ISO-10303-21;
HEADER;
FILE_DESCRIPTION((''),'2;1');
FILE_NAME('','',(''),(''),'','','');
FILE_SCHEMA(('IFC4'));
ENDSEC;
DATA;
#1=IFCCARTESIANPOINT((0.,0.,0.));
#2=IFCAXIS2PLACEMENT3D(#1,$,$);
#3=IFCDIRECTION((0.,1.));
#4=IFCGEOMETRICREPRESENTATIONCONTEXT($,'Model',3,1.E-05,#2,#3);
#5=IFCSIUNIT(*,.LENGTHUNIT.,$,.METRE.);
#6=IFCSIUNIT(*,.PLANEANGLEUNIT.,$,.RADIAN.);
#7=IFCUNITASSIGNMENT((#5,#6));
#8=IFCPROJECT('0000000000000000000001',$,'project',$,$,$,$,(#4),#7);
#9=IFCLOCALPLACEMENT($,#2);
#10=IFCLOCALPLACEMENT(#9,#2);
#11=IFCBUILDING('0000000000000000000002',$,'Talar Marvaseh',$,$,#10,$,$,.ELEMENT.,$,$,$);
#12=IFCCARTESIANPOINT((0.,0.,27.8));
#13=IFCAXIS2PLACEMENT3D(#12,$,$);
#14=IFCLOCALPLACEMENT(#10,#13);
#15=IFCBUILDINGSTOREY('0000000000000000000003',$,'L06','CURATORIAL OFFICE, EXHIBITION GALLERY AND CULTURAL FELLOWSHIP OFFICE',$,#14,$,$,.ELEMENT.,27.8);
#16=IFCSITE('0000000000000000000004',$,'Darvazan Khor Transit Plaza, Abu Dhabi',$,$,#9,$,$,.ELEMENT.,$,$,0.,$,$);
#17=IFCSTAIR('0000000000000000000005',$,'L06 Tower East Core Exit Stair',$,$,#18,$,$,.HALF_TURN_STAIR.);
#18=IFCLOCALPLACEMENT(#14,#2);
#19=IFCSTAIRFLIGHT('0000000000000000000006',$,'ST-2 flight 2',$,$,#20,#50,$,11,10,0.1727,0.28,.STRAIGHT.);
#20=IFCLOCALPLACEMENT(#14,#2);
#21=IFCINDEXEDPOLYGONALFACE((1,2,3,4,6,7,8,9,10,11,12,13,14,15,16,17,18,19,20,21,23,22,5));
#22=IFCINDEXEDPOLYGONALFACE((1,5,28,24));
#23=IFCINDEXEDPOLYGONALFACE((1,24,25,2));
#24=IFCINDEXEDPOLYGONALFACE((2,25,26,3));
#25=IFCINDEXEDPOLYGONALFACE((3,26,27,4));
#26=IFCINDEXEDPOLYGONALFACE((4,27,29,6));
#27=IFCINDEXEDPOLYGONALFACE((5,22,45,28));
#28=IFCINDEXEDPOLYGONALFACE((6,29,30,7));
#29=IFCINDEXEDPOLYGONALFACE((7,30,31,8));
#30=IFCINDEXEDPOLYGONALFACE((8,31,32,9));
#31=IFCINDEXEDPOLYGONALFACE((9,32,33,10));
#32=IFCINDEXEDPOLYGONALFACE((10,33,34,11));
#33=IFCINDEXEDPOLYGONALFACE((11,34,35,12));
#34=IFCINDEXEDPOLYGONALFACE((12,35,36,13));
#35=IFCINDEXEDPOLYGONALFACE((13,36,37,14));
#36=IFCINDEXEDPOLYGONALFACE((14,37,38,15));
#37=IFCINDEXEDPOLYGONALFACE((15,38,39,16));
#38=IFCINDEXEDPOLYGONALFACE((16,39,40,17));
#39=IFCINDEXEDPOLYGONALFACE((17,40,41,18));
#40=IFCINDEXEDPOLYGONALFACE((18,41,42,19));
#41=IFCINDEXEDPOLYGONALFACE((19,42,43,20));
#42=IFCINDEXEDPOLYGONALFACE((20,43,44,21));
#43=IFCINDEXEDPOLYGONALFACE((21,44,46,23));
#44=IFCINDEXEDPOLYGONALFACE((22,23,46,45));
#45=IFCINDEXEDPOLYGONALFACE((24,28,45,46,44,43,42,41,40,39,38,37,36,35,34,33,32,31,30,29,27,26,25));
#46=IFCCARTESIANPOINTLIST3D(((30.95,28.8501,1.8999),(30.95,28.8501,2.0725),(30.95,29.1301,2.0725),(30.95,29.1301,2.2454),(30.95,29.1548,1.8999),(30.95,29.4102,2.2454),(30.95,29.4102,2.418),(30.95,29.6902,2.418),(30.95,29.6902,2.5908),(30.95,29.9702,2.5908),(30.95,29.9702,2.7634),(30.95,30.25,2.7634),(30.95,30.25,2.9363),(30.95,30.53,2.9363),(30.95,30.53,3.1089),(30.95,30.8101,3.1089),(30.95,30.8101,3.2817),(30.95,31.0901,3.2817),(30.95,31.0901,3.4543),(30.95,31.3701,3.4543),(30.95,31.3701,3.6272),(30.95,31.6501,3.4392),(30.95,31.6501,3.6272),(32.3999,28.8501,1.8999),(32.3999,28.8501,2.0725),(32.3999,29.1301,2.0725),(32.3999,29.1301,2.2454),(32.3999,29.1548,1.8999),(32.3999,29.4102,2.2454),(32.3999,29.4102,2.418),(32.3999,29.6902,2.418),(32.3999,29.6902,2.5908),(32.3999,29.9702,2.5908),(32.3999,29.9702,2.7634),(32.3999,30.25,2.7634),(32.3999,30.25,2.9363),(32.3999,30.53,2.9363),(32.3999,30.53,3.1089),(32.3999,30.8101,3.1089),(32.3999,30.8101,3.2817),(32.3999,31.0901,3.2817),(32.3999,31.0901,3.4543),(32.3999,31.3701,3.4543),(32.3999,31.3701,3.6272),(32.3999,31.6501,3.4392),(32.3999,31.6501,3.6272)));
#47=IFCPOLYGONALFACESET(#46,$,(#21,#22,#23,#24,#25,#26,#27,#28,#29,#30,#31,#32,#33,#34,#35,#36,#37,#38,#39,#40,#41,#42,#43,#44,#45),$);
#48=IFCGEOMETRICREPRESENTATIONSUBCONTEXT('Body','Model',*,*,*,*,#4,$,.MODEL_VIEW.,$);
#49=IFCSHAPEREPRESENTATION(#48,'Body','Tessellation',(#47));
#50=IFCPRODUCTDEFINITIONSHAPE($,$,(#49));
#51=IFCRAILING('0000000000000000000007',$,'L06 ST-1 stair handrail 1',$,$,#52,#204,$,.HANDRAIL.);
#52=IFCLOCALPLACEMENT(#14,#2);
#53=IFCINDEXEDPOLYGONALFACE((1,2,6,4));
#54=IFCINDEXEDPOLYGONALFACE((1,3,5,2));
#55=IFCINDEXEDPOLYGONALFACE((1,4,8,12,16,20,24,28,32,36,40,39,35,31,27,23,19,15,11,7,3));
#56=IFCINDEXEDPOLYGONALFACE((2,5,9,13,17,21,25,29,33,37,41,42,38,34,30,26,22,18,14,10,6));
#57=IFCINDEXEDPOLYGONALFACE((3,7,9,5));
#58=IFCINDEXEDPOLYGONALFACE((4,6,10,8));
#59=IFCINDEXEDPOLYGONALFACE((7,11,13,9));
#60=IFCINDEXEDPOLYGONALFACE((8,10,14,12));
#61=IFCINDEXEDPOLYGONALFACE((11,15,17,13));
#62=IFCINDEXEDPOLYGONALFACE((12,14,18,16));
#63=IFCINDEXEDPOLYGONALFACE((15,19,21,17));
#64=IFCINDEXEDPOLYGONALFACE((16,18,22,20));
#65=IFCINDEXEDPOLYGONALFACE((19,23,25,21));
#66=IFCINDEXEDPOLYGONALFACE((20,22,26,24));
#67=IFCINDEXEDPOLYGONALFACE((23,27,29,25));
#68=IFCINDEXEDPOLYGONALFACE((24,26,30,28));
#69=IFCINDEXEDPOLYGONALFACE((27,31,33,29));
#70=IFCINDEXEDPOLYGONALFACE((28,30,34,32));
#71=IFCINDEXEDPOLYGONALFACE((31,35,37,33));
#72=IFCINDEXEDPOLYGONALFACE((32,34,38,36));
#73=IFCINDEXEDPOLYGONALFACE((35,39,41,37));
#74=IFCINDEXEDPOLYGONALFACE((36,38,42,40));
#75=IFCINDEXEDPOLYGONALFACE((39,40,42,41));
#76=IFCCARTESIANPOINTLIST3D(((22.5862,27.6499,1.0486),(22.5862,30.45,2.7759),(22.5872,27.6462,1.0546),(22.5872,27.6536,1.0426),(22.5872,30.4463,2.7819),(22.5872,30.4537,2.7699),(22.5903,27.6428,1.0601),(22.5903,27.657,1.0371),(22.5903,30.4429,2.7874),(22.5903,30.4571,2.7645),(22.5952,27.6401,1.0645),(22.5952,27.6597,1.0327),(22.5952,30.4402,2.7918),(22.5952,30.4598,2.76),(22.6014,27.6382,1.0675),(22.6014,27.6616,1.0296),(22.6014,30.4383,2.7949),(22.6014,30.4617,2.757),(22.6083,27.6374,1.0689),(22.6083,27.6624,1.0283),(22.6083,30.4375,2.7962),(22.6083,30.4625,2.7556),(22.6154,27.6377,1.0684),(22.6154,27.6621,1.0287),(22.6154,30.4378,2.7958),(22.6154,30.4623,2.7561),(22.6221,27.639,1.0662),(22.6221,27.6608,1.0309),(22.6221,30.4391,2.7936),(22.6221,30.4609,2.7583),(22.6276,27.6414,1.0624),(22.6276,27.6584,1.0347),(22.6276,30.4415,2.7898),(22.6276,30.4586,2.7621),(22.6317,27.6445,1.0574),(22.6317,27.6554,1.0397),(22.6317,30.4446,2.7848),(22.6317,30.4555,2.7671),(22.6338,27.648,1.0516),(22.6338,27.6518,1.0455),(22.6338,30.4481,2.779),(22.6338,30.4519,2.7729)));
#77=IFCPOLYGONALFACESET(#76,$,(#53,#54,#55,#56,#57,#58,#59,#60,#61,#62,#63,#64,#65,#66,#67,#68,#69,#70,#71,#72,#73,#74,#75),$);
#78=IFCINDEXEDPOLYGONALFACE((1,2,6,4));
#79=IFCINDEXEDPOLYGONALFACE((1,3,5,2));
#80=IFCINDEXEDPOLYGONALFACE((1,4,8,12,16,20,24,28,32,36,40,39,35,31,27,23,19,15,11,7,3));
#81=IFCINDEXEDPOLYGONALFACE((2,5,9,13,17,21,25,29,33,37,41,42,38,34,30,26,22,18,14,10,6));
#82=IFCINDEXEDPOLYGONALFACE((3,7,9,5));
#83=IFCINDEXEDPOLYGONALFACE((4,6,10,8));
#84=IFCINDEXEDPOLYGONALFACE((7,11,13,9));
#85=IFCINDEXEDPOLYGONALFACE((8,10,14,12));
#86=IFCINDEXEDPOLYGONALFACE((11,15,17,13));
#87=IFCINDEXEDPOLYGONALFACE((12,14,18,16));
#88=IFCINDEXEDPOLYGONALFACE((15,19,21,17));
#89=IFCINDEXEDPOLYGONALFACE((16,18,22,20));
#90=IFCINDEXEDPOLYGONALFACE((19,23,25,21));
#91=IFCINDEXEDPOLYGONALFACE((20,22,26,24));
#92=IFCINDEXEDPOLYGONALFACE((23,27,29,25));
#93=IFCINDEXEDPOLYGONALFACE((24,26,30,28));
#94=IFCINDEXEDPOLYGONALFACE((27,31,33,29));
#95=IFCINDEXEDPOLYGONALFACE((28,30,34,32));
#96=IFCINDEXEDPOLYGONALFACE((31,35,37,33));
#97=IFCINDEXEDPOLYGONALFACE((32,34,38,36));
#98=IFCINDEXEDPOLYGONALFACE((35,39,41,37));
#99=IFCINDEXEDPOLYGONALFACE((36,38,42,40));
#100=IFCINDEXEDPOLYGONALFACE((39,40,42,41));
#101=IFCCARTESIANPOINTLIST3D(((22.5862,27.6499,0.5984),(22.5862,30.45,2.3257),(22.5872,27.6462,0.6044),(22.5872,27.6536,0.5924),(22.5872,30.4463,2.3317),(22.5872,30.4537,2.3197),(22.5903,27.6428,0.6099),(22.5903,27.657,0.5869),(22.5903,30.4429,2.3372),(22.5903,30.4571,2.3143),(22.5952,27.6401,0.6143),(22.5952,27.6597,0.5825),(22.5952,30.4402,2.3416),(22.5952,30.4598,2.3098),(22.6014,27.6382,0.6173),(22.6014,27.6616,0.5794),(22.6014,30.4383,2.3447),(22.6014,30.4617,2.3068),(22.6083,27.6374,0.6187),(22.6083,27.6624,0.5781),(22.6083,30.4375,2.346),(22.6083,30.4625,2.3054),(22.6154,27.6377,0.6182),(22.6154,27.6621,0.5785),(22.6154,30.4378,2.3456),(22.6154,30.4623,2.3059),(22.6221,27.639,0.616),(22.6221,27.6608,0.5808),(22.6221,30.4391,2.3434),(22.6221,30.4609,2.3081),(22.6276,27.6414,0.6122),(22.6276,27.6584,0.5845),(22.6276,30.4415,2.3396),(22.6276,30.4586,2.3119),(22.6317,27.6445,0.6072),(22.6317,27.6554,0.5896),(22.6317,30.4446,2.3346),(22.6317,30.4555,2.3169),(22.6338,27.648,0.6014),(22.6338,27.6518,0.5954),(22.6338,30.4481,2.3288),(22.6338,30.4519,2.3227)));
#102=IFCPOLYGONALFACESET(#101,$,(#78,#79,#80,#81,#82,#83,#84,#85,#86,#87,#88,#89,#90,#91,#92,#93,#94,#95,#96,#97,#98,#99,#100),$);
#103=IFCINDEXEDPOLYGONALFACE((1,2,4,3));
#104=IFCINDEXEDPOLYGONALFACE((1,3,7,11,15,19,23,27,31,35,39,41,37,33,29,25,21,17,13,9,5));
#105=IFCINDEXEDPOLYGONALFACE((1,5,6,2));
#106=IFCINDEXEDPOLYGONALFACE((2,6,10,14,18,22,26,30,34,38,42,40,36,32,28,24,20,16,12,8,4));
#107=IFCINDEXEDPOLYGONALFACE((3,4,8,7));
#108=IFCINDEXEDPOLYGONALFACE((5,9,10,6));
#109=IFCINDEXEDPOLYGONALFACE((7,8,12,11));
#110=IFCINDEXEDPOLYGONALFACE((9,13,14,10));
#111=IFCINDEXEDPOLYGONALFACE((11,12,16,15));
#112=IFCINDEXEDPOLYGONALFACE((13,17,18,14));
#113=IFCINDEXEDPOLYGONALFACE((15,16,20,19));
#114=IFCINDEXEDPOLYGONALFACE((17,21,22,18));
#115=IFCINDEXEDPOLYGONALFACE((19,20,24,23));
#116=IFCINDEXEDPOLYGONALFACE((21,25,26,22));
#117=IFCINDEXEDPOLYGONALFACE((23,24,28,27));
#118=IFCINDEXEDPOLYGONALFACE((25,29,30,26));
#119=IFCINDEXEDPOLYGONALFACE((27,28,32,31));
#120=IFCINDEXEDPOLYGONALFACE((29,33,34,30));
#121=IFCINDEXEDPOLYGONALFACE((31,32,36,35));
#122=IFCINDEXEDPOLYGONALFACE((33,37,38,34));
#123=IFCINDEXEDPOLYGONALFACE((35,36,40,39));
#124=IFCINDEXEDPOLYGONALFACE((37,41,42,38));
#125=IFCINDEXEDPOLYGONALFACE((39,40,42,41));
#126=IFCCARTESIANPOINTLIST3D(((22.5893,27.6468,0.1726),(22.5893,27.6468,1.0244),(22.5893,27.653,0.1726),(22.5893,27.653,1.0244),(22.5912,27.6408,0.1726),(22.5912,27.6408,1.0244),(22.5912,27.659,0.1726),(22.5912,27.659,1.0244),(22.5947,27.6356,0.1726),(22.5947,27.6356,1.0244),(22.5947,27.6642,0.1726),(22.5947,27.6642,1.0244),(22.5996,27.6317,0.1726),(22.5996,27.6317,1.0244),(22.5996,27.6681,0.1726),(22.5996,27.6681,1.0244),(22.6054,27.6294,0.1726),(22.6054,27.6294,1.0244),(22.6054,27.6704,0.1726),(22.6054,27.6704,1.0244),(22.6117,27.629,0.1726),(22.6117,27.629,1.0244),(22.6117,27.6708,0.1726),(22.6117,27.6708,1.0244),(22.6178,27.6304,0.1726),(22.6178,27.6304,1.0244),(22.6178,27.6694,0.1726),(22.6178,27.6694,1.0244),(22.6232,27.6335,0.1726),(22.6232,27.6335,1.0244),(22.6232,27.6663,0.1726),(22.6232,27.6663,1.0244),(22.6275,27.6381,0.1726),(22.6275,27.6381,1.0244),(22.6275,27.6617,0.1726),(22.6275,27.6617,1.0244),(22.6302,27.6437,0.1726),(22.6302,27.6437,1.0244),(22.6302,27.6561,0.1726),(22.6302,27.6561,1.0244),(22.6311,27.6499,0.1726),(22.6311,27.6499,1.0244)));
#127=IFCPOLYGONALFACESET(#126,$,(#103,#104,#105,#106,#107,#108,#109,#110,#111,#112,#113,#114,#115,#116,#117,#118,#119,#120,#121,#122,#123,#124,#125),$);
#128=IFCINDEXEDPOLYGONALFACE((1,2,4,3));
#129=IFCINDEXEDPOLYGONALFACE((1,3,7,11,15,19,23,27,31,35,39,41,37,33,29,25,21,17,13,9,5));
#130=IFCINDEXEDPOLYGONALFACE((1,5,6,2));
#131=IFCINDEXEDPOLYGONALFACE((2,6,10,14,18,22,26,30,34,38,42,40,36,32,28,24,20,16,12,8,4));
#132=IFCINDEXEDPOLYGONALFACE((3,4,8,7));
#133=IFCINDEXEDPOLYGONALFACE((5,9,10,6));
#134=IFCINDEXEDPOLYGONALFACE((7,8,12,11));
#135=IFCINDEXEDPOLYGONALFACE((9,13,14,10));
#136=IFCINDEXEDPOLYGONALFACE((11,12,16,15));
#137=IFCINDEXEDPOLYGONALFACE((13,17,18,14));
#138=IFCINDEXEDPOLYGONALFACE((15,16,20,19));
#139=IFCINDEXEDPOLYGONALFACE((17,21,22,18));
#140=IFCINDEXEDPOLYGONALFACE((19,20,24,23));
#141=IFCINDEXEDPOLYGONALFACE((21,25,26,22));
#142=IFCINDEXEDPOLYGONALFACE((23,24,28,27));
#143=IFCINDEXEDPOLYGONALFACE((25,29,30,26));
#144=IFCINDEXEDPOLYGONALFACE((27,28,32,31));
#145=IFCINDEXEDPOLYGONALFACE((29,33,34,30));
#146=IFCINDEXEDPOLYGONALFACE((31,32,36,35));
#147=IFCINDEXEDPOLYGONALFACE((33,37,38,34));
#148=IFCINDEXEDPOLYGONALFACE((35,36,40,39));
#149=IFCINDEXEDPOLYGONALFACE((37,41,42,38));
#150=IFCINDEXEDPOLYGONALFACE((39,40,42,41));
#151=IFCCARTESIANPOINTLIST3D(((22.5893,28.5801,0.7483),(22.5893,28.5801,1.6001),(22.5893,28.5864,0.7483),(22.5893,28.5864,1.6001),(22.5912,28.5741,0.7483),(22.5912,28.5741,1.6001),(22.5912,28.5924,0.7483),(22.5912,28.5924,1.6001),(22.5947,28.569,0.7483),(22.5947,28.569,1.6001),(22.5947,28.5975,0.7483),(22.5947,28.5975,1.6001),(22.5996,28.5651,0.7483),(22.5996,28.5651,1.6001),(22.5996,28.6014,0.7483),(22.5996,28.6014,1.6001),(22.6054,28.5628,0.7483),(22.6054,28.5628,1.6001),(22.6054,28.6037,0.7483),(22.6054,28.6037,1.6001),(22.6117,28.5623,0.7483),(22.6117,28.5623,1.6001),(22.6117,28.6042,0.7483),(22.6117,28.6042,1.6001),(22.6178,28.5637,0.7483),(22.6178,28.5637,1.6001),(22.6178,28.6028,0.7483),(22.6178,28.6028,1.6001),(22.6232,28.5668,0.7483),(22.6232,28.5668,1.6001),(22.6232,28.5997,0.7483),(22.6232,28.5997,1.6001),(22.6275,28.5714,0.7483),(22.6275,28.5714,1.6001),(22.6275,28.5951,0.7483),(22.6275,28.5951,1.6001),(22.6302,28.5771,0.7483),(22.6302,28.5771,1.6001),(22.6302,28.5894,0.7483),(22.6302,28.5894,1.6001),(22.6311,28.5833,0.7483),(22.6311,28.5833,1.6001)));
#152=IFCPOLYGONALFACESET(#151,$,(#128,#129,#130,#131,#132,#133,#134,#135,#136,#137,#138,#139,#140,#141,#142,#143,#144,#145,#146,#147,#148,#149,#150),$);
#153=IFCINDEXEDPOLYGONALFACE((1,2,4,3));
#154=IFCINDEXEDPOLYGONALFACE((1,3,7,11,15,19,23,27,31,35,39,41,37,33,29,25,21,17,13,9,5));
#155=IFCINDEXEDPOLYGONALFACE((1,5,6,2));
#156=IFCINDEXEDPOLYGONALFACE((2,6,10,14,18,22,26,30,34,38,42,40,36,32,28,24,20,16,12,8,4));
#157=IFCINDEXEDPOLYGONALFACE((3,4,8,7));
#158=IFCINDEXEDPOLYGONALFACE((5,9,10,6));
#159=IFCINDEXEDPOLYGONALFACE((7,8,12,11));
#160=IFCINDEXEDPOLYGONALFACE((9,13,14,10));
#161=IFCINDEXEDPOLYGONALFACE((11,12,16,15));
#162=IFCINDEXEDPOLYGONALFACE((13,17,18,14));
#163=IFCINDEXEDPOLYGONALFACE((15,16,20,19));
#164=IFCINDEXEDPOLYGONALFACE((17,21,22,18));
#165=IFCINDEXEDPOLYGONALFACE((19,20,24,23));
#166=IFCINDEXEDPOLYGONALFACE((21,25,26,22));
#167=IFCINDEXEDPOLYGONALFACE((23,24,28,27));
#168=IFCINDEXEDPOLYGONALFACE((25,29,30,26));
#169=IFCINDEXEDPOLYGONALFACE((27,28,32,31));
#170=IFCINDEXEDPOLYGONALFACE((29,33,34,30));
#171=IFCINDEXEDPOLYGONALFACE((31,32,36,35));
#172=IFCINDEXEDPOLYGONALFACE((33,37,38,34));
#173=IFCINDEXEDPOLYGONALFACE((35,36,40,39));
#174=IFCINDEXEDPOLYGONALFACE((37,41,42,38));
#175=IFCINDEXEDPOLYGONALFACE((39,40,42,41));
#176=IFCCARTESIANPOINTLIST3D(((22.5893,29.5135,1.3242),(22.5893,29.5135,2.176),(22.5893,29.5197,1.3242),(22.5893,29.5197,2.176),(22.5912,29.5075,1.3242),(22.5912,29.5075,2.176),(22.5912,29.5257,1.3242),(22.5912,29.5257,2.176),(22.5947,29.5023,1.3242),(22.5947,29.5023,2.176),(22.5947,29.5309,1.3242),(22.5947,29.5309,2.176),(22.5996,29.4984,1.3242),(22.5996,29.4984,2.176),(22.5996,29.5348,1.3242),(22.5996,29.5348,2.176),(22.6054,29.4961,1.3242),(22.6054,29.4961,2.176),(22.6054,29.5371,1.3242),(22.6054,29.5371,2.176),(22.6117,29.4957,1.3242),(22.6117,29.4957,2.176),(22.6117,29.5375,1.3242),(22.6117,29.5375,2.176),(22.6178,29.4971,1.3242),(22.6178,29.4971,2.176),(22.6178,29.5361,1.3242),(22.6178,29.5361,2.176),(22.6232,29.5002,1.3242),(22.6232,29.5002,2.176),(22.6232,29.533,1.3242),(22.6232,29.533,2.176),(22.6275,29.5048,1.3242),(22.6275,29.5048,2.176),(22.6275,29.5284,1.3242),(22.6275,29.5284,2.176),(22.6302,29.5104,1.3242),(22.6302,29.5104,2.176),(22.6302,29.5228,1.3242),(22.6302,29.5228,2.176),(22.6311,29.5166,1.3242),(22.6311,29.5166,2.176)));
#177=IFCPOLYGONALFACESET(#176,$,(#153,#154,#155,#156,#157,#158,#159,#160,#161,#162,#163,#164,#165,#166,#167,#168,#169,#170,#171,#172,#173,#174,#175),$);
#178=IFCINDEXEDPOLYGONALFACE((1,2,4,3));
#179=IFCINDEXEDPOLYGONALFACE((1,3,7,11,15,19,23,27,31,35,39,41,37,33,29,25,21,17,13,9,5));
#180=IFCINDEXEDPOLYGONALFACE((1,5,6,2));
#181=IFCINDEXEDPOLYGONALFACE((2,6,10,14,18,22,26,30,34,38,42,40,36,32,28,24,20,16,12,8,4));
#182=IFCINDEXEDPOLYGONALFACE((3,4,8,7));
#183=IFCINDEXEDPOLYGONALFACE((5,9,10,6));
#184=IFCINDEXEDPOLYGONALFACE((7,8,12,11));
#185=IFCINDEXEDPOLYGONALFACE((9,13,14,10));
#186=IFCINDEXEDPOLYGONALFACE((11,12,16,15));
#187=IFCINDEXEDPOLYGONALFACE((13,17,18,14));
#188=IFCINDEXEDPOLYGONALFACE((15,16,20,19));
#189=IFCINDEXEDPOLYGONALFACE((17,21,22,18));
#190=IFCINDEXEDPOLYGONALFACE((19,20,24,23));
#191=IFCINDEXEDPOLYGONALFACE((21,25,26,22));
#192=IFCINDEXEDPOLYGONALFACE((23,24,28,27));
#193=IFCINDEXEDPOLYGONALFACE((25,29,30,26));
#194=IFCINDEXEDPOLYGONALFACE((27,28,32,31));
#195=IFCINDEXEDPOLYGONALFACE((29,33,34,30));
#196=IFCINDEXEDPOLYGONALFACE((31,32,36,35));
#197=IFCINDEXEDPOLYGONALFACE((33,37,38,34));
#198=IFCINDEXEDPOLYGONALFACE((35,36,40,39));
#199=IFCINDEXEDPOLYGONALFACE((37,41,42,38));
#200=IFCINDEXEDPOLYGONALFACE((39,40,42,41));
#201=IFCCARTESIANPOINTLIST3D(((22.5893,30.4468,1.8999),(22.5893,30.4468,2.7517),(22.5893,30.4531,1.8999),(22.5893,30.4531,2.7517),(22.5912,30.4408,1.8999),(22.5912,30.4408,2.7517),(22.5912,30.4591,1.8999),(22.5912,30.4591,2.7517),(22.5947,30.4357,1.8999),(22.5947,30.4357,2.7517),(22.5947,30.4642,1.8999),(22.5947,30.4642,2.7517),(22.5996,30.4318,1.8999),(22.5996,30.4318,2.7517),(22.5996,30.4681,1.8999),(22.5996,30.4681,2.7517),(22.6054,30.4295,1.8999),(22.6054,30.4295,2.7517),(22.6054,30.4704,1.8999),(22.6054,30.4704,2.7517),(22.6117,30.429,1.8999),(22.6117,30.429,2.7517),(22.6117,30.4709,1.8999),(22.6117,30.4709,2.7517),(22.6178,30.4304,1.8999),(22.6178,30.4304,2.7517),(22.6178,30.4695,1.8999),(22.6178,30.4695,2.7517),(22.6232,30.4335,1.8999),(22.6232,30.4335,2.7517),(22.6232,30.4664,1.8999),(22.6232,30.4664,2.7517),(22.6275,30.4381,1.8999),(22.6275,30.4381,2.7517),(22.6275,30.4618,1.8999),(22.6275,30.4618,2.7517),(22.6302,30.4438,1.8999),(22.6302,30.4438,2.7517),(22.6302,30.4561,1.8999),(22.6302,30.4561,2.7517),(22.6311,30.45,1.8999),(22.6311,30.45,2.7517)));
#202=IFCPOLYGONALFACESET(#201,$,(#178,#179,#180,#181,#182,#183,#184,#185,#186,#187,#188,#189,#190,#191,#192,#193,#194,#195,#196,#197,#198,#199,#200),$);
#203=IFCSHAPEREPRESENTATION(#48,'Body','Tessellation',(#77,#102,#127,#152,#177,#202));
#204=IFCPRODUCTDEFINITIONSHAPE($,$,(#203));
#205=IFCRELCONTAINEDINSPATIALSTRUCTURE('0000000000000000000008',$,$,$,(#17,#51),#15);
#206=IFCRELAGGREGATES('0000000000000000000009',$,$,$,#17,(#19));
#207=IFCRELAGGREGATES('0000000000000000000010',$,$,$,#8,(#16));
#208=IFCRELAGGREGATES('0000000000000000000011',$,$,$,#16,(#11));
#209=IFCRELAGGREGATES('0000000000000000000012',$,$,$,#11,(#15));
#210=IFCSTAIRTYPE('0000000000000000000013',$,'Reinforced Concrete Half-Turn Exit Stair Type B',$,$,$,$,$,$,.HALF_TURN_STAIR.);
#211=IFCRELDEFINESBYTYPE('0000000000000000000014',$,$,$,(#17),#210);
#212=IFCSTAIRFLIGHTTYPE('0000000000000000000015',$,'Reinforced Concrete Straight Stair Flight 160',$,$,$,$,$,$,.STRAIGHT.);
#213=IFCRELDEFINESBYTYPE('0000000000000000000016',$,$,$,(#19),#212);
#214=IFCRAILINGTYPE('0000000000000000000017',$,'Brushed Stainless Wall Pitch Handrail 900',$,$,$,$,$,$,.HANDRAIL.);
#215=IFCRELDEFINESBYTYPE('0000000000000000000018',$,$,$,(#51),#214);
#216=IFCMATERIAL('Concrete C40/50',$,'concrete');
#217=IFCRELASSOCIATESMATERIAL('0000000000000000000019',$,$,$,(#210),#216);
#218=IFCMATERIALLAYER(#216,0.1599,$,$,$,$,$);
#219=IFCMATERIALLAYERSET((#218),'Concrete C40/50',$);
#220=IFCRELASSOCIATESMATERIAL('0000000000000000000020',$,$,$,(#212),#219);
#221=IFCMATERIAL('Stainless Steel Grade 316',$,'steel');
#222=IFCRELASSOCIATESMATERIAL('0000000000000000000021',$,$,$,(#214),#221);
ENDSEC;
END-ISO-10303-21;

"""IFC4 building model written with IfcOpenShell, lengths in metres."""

from ifc_helpers import new_model, si_unit, direction, frame, origin, origin_2d, place, context, subcontext, project, spatial, polyline, circle, outline, extrude, material, layer, layer_set, type_object, element, aggregate, save


model = new_model("IFC4")

# Units and contexts
model_context = context("Model", 3, precision=1e-05, world=origin(), true_north=direction((0.0, 1.0)))
body_context = subcontext(model_context, "Body", "Model", "MODEL_VIEW")
ifc_project = project(units=[si_unit("LENGTHUNIT", "METRE"), si_unit("PLANEANGLEUNIT", "RADIAN")], contexts=[model_context])

# Site, building, storey
site_placement = place(None, origin())
site = spatial("IfcSite", under=ifc_project, at=site_placement, Name="Darvazan Khor Transit Plaza, Abu Dhabi", CompositionType="ELEMENT", RefElevation=0.0)
building_placement = place(site_placement, origin())
building = spatial("IfcBuilding", under=site, at=building_placement, Name="Talar Marvaseh", CompositionType="ELEMENT")
storey_placement = place(building_placement, frame((0.0, 0.0, 27.8)))
storey = spatial("IfcBuildingStorey", under=building, at=storey_placement, Name="L06", Description="CURATORIAL OFFICE, EXHIBITION GALLERY AND CULTURAL FELLOWSHIP OFFICE", CompositionType="ELEMENT", Elevation=27.8)

# Shared definitions
ifc_material_1 = material(Name="Concrete C40/50", Category="concrete")

# Stair, stair flight
stair_type = type_object("IfcStairType", Name="Reinforced Concrete Half-Turn Exit Stair Type B", PredefinedType="HALF_TURN_STAIR", material=ifc_material_1)
ifc_layer_1 = layer(ifc_material_1, 0.1599)
ifc_layer_set_1 = layer_set([ifc_layer_1], Name="Concrete C40/50")
stair_flight_type = type_object("IfcStairFlightType", Name="Reinforced Concrete Straight Stair Flight 160", PredefinedType="STRAIGHT", material=ifc_layer_set_1)
stair_1_placement = place(storey_placement, origin())
stair_1 = element("IfcStair", 1, at=stair_1_placement, inside=storey, type_object=stair_type, Name="L06 Tower East Core Exit Stair", PredefinedType="HALF_TURN_STAIR")
stair_flight_1_placement = place(storey_placement, frame((31.675, 28.8501, 1.8999), z_axis=(0.0, 0.0, 1.0), x_axis=(0.0, 1.0, 0.0)))
stair_flight_1 = element("IfcStairFlight", 2, at=stair_flight_1_placement, type_object=stair_flight_type, Name="ST-2 flight 2", NumberOfRisers=11, NumberOfTreads=10, PredefinedType="STRAIGHT", RiserHeight=0.1727, TreadLength=0.28, context=body_context, shape_type="SweptSolid", body=[
    extrude(outline(polyline([(0.0, 0.0), (0.0, 0.1726), (0.28, 0.1726), (0.28, 0.3455), (0.5601, 0.3455), (0.5601, 0.5181), (0.8401, 0.5181), (0.8401, 0.6909), (1.1201, 0.6909), (1.1201, 0.8635), (1.3999, 0.8635), (1.3999, 1.0364), (1.6799, 1.0364), (1.6799, 1.209), (1.96, 1.209), (1.96, 1.3818), (2.24, 1.3818), (2.24, 1.5544), (2.52, 1.5544), (2.52, 1.7273), (2.8, 1.7273), (2.8, 1.8999), (2.8, 1.5393), (0.3047, 0.0), (0.0, 0.0)])), frame((0.0, 0.7251, 0.0), z_axis=(0.0, -1.0, 0.0), x_axis=(1.0, 0.0, 0.0)), (0.0, 0.0, 1.0), 1.45),
])
aggregate(stair_1, [stair_flight_1])

# Railing
ifc_material_2 = material(Name="Stainless Steel Grade 316", Category="steel")
railing_type_1 = type_object("IfcRailingType", Name="Brushed Stainless Wall Pitch Handrail 900", PredefinedType="HANDRAIL", material=ifc_material_2)
railing_1_placement = place(storey_placement, frame((22.6101, 27.6499, 0.1726)))
element("IfcRailing", 3, at=railing_1_placement, inside=storey, type_object=railing_type_1, Name="L06 ST-1 stair handrail 1", PredefinedType="HANDRAIL", context=body_context, shape_type="SweptSolid", body=[
    extrude(circle(Radius=0.0239, at=origin_2d()), frame((0.0, 0.0, 0.876), z_axis=(0.0, 0.85109, 0.52502), x_axis=(-1.0, 0.0, 0.0)), (0.0, 0.0, 1.0), 3.29),
    extrude(circle(Radius=0.0239, at=origin_2d()), frame((0.0, 0.0, 0.4258), z_axis=(0.0, 0.85109, 0.52502), x_axis=(-1.0, 0.0, 0.0)), (0.0, 0.0, 1.0), 3.29),
    extrude(circle(Radius=0.021, at=origin_2d()), origin(), (0.0, 0.0, 1.0), 0.8518),
    extrude(circle(Radius=0.021, at=origin_2d()), frame((0.0, 0.9333, 0.5757)), (0.0, 0.0, 1.0), 0.8518),
    extrude(circle(Radius=0.021, at=origin_2d()), frame((0.0, 1.8667, 1.1516)), (0.0, 0.0, 1.0), 0.8518),
    extrude(circle(Radius=0.021, at=origin_2d()), frame((0.0, 2.8, 1.7273)), (0.0, 0.0, 1.0), 0.8518),
])

save(model, "model.ifc")
